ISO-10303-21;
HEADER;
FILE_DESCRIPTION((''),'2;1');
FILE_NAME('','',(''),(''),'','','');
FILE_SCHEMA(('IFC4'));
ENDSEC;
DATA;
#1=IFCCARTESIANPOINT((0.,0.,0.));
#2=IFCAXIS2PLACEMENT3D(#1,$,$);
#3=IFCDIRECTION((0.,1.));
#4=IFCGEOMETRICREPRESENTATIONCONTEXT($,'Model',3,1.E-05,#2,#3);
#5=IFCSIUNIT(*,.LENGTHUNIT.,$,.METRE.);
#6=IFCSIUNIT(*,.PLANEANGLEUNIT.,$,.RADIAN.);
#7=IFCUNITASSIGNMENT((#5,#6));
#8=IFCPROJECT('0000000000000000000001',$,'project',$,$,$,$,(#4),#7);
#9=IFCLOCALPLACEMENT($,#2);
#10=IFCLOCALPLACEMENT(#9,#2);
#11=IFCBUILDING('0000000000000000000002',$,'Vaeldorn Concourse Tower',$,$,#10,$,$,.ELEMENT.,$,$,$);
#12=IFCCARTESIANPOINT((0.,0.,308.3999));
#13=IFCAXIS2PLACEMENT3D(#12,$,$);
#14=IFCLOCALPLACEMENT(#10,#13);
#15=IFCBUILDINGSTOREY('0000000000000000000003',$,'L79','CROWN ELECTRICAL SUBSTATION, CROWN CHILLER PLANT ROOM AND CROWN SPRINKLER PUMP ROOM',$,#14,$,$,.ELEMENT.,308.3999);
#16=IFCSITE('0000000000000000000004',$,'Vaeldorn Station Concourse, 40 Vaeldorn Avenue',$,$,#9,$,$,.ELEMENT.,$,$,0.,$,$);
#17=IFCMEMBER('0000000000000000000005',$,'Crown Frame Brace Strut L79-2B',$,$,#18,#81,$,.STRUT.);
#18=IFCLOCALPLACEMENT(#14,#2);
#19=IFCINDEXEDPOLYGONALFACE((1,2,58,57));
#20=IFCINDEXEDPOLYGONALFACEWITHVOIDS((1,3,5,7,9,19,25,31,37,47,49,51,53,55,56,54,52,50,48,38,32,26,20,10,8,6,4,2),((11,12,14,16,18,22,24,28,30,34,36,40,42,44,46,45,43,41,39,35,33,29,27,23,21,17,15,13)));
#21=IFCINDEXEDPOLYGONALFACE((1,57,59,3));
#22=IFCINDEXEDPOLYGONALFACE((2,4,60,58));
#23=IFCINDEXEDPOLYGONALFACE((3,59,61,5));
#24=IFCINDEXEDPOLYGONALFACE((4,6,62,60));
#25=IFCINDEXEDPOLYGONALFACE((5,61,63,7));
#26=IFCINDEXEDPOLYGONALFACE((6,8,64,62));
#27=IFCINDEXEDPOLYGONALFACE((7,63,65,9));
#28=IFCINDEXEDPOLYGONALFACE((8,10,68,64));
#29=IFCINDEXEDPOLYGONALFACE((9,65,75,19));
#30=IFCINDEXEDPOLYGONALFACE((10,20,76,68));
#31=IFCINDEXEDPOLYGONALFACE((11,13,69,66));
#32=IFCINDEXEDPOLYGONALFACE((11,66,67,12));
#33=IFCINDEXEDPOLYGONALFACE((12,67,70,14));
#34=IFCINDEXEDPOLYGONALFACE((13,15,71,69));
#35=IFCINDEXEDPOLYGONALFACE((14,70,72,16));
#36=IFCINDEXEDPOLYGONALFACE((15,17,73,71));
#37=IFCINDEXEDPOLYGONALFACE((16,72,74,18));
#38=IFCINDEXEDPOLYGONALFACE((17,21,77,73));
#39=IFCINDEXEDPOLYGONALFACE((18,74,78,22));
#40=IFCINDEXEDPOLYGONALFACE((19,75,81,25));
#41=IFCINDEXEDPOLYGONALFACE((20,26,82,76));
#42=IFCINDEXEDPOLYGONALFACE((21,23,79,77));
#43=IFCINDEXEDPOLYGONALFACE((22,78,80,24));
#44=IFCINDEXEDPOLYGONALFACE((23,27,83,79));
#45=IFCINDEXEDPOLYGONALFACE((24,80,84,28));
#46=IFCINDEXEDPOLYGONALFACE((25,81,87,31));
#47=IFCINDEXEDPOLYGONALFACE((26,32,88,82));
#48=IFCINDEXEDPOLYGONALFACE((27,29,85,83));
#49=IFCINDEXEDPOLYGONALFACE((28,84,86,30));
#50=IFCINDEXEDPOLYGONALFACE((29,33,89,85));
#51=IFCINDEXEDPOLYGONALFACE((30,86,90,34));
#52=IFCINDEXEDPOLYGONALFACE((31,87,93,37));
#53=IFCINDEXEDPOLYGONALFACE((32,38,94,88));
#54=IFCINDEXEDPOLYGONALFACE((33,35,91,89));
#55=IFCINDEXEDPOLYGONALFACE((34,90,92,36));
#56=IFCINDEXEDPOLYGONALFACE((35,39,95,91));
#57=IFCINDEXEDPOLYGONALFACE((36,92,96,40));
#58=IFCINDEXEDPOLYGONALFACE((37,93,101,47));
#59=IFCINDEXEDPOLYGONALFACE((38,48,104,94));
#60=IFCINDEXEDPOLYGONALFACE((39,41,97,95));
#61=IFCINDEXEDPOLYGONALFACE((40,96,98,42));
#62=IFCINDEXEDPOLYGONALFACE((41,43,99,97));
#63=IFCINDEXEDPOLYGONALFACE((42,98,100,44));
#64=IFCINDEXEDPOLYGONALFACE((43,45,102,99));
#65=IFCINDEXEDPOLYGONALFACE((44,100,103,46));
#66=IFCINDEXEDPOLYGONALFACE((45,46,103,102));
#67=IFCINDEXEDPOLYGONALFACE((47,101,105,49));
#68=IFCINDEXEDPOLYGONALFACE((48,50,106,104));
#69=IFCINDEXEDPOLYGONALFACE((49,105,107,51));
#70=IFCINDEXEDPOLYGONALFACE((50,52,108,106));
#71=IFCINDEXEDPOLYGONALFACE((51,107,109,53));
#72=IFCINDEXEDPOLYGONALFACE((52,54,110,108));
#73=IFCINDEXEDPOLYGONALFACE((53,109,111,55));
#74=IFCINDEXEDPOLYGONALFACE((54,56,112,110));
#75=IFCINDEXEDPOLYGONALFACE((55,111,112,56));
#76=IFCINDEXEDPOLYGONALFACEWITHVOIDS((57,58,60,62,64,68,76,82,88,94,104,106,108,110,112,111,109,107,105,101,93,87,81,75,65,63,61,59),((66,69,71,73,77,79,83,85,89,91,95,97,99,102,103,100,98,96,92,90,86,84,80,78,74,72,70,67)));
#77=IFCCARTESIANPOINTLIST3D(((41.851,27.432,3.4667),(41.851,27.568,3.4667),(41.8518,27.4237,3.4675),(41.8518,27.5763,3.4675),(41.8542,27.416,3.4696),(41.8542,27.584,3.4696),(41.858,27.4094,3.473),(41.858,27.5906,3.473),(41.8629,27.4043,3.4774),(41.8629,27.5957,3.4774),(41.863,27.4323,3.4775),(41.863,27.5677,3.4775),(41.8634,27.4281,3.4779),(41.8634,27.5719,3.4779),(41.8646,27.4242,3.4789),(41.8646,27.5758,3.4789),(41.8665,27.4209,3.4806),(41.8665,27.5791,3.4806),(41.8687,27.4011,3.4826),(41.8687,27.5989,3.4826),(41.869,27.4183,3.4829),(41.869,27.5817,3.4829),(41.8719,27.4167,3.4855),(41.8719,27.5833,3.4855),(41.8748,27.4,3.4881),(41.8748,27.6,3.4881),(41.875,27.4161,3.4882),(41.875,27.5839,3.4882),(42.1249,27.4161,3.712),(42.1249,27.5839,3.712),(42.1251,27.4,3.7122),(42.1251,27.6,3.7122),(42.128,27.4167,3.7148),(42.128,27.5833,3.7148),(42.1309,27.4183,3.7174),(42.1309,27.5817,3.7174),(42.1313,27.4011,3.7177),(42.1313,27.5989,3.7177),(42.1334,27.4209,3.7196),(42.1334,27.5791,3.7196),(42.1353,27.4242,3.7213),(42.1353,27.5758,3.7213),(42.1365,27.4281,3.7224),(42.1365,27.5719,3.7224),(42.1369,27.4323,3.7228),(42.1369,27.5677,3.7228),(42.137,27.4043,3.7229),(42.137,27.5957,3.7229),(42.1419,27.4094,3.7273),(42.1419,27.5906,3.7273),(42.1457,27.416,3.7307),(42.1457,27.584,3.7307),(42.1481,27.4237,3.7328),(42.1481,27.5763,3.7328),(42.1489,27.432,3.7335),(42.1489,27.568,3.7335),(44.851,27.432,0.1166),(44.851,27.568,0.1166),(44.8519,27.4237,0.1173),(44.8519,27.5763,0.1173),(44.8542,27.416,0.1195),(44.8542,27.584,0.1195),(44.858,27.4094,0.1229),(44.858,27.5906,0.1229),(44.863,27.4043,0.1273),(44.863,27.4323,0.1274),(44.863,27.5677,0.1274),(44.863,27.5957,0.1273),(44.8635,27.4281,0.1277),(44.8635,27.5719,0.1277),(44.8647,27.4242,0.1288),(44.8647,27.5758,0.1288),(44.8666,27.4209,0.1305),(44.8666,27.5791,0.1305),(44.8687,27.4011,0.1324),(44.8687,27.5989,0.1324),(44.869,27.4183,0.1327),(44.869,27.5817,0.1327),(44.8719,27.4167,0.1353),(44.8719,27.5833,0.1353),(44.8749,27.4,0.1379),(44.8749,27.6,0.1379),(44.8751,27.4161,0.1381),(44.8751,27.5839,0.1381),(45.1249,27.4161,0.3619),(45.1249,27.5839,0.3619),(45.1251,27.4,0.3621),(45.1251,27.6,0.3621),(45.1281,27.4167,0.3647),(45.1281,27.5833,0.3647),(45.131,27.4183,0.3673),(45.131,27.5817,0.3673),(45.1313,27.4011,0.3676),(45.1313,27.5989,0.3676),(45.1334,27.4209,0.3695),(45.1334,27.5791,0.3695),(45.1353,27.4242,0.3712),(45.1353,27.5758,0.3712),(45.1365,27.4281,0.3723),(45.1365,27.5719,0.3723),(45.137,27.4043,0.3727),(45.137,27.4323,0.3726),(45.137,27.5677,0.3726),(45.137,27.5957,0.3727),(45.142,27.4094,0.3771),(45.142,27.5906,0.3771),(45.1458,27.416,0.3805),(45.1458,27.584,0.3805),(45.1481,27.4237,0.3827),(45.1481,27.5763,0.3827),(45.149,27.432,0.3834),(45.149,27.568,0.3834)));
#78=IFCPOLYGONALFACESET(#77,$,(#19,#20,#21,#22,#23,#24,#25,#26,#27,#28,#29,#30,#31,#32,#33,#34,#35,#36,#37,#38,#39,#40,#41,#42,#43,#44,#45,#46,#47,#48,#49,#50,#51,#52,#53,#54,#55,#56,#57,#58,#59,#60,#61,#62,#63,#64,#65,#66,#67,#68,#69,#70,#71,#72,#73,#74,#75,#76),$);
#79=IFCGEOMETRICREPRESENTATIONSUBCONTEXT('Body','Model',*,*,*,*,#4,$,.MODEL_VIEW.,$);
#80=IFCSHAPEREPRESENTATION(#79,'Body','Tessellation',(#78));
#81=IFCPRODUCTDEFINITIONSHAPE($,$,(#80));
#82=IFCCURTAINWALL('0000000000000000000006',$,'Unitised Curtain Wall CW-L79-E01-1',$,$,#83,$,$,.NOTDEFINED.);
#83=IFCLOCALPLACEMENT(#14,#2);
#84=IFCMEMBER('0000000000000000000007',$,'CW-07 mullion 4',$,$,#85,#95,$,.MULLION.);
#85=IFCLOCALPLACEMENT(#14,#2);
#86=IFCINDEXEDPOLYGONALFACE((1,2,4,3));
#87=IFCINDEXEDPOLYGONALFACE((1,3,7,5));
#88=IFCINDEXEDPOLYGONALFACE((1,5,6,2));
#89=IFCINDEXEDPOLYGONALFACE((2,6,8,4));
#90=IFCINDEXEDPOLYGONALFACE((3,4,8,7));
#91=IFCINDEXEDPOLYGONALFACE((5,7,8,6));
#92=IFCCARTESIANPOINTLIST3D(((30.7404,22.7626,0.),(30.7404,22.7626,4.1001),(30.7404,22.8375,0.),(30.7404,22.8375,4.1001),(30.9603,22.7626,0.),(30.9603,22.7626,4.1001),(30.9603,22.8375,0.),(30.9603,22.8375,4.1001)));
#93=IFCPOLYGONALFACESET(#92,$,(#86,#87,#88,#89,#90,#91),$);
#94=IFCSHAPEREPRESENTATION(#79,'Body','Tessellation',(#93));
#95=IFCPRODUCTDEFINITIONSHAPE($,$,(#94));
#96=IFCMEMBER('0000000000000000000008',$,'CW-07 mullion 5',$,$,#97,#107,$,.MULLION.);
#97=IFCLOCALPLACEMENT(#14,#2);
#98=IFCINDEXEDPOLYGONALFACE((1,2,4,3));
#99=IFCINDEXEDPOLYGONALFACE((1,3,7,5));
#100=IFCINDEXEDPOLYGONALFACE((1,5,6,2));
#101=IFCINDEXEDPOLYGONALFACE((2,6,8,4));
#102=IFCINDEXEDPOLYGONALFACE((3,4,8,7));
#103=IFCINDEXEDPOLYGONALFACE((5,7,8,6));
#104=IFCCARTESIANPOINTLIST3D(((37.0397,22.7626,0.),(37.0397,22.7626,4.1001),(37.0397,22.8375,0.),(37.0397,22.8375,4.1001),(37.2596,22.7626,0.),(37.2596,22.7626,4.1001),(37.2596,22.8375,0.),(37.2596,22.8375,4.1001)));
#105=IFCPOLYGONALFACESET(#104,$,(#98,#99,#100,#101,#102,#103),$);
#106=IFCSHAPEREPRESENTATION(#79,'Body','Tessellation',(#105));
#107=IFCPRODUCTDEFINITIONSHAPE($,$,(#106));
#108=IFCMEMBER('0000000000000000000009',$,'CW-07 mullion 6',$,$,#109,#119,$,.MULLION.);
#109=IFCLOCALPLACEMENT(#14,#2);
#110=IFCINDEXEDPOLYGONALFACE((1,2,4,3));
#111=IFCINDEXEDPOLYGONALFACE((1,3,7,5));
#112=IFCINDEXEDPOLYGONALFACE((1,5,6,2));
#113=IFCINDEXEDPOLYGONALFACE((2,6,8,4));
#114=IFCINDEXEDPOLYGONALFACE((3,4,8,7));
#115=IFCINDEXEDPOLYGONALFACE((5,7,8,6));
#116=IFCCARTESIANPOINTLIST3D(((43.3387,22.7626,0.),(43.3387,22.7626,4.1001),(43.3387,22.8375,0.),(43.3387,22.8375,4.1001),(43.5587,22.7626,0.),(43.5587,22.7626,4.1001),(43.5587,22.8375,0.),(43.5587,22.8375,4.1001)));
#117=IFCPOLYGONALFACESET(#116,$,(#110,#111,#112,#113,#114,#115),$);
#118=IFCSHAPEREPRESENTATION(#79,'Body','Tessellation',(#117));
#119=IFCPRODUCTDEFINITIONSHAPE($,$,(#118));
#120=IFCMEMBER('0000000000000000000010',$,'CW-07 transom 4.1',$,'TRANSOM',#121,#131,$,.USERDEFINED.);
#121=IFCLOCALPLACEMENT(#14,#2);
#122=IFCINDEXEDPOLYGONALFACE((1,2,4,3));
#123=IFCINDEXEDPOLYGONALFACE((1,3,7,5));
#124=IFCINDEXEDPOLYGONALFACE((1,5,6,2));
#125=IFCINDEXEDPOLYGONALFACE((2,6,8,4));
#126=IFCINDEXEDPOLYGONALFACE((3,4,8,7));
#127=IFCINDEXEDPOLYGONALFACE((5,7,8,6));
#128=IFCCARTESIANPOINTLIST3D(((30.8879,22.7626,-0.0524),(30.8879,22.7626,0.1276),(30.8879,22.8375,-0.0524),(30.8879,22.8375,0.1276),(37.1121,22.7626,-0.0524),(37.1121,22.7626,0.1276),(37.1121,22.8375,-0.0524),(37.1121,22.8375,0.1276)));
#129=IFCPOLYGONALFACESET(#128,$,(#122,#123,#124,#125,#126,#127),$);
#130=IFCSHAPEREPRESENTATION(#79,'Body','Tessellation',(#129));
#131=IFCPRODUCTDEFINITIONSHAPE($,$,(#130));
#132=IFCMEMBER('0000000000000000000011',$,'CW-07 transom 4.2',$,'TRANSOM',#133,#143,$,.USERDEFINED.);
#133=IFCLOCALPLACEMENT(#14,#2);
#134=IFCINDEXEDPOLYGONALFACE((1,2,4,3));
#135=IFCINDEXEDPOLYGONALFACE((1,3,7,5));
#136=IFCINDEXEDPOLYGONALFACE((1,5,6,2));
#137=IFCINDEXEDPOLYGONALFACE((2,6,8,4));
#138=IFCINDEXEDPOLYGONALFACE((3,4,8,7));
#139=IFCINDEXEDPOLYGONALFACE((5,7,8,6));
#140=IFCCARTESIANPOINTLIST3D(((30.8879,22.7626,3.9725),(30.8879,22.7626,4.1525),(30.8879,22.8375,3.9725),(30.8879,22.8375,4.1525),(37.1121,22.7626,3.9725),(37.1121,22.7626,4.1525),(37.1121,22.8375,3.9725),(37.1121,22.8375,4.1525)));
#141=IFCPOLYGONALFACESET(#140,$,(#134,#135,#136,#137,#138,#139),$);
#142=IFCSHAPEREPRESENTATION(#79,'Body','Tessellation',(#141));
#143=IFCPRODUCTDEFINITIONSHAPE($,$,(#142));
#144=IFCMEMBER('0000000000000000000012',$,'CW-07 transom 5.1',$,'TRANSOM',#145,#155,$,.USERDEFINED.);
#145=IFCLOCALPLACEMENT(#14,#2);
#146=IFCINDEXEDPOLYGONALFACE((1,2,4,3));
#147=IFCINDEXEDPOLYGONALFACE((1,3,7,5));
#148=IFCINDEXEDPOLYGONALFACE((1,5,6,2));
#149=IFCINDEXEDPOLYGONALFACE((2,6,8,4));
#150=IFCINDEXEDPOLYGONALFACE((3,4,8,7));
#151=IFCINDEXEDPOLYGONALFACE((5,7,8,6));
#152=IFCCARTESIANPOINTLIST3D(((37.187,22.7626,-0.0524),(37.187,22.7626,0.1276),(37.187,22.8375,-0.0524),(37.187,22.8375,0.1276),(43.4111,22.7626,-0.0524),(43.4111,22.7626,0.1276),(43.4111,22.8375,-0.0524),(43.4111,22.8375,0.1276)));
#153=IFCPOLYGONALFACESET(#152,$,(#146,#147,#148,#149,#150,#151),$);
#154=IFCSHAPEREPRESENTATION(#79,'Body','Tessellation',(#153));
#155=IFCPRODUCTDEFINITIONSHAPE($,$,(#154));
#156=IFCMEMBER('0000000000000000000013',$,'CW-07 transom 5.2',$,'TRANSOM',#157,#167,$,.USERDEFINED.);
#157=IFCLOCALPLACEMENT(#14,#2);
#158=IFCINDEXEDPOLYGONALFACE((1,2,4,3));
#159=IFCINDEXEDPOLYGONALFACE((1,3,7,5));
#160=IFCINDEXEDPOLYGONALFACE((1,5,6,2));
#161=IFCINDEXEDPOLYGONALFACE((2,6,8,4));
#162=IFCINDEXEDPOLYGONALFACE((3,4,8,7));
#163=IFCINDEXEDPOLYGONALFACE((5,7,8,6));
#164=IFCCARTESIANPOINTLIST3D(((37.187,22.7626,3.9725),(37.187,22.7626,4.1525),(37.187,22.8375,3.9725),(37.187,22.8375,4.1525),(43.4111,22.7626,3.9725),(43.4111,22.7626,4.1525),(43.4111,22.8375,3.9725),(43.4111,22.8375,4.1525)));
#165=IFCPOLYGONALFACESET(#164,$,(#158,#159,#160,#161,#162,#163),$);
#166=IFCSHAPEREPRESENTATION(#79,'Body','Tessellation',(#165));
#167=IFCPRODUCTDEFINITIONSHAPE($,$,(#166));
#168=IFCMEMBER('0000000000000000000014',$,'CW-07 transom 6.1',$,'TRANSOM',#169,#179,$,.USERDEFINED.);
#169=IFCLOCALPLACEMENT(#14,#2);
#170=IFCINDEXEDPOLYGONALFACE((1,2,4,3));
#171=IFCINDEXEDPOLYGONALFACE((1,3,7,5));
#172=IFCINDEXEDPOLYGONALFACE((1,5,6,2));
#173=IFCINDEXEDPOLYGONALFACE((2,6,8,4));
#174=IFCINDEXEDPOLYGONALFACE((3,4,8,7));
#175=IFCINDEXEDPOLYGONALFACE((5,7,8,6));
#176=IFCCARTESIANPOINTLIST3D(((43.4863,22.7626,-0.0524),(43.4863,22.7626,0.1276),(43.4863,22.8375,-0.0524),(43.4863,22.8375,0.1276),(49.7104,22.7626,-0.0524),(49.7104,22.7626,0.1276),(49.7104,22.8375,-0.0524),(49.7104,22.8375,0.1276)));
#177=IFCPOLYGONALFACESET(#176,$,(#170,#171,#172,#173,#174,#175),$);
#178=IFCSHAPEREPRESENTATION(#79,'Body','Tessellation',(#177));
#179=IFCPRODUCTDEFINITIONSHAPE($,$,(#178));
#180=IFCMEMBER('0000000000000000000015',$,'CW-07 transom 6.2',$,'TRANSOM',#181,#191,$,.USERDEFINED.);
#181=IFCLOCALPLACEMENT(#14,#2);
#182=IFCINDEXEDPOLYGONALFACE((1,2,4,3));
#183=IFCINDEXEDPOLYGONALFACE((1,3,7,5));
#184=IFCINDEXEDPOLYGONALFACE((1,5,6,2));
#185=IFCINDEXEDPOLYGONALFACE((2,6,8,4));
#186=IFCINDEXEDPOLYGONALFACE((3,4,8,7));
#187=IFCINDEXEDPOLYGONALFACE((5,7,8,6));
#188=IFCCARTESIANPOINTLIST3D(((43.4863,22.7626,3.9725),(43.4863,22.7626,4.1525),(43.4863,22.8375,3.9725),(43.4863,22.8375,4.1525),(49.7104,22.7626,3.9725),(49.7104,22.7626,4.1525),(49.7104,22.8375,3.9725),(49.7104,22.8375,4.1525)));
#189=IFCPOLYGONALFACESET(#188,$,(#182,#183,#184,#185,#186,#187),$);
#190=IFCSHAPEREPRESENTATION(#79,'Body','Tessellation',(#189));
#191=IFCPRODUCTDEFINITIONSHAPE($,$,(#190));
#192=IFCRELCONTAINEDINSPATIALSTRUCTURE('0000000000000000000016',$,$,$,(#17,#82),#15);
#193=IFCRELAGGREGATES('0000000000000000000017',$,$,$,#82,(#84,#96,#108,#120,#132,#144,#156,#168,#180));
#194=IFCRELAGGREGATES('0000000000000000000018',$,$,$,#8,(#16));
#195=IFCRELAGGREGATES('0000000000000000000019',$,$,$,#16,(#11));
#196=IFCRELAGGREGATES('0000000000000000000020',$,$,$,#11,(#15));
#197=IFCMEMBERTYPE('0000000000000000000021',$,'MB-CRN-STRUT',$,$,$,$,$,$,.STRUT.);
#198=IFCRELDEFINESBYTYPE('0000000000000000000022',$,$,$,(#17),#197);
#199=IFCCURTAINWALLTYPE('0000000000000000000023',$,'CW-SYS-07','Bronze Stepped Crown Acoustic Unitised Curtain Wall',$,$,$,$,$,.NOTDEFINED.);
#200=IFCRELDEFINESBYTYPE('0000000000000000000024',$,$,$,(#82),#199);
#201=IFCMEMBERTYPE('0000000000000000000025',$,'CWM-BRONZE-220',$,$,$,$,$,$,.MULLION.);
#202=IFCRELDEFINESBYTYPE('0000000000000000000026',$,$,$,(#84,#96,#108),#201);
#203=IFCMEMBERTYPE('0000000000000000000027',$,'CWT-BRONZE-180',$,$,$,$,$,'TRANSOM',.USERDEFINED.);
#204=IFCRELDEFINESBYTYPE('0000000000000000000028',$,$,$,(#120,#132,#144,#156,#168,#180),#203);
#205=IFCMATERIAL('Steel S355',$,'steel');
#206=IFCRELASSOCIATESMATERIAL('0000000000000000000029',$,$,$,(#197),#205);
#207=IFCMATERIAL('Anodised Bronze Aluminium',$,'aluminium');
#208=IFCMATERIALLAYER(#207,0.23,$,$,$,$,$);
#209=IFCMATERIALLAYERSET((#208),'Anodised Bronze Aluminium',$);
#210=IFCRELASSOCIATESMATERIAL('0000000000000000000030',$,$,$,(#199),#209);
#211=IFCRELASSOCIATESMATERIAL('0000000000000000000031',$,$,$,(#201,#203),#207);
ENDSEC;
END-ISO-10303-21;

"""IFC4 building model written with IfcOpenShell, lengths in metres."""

from ifc_helpers import new_model, si_unit, direction, frame, origin, origin_2d, place, context, subcontext, project, spatial, rectangle, hollow_rectangle, extrude, source, transform, mapped, material, layer, layer_set, material_profile, profile_set, type_object, element, aggregate, save


model = new_model("IFC4")

# Units and contexts
model_context = context("Model", 3, precision=1e-05, world=origin(), true_north=direction((0.0, 1.0)))
body_context = subcontext(model_context, "Body", "Model", "MODEL_VIEW")
ifc_project = project(units=[si_unit("LENGTHUNIT", "METRE"), si_unit("PLANEANGLEUNIT", "RADIAN")], contexts=[model_context])

# Site, building, storey
site_placement = place(None, origin())
site = spatial("IfcSite", under=ifc_project, at=site_placement, Name="Vaeldorn Station Concourse, 40 Vaeldorn Avenue", CompositionType="ELEMENT", RefElevation=0.0)
building_placement = place(site_placement, origin())
building = spatial("IfcBuilding", under=site, at=building_placement, Name="Vaeldorn Concourse Tower", CompositionType="ELEMENT")
storey_placement = place(building_placement, frame((0.0, 0.0, 308.3999)))
storey = spatial("IfcBuildingStorey", under=building, at=storey_placement, Name="L79", Description="CROWN ELECTRICAL SUBSTATION, CROWN CHILLER PLANT ROOM AND CROWN SPRINKLER PUMP ROOM", CompositionType="ELEMENT", Elevation=308.3999)

# Shared definitions
ifc_material_1 = material(Name="Steel S355", Category="steel")

# Member
ifc_material_profile_1 = material_profile(ifc_material_1, hollow_rectangle(XDim=0.2, YDim=0.3999, WallThickness=0.0161, InnerFilletRadius=0.0161, OuterFilletRadius=0.032, at=origin_2d()), Name="RHS 400x200x16")
ifc_profile_set_1 = profile_set([ifc_material_profile_1], Name="Steel S355")
member_type_1 = type_object("IfcMemberType", Name="MB-CRN-STRUT", PredefinedType="STRUT", material=ifc_profile_set_1)
shared_shape_1 = source(origin(), body_context, "Body", "SweptSolid", [
    extrude(hollow_rectangle(XDim=0.2, YDim=0.3999, WallThickness=0.0161, InnerFilletRadius=0.0161, OuterFilletRadius=0.032, at=origin_2d()), origin(), (0.0, 0.0, 1.0), 4.4971),
])
for number, where, z_axis, x_axis, name in (
    (1, (45.0, 27.5, 0.25), (-0.667109, 0.0, 0.74496), (0.0, -1.0, 0.0), "Crown Frame Brace Strut L79-2B"),
):
    element("IfcMember", number, at=place(storey_placement, frame(where, z_axis=z_axis, x_axis=x_axis)), inside=storey, type_object=member_type_1, Name=name, PredefinedType="STRUT", context=body_context, shape_type="MappedRepresentation", body=[
        mapped(shared_shape_1, transform((0.0, 0.0, 0.0), scale=1.0)),
    ])

# Curtain wall, members
ifc_material_2 = material(Name="Anodised Bronze Aluminium", Category="aluminium")
ifc_layer_1 = layer(ifc_material_2, 0.23)
ifc_layer_set_1 = layer_set([ifc_layer_1], Name="Anodised Bronze Aluminium")
curtain_wall_type = type_object("IfcCurtainWallType", Name="CW-SYS-07", Description="Bronze Stepped Crown Acoustic Unitised Curtain Wall", PredefinedType="NOTDEFINED", material=ifc_layer_set_1)
curtain_wall_placement = place(storey_placement, origin())
curtain_wall = element("IfcCurtainWall", 2, at=curtain_wall_placement, inside=storey, type_object=curtain_wall_type, Name="Unitised Curtain Wall CW-L79-E01-1", PredefinedType="NOTDEFINED")
ifc_material_profile_2 = material_profile(ifc_material_2, rectangle(XDim=0.075, YDim=0.22, at=origin_2d()), Name="CWM 75x220")
ifc_profile_set_2 = profile_set([ifc_material_profile_2], Name="Anodised Bronze Aluminium")
member_type_2 = type_object("IfcMemberType", Name="CWM-BRONZE-220", PredefinedType="MULLION", material=ifc_profile_set_2)
shared_shape_2 = source(origin(), body_context, "Body", "SweptSolid", [
    extrude(rectangle(XDim=0.075, YDim=0.22, at=origin_2d()), origin(), (0.0, 0.0, 1.0), 4.1001),
])
member_1_placement = place(storey_placement, frame((30.8503, 22.8, 0.0), z_axis=(0.0, 0.0, 1.0), x_axis=(0.0, 1.0, 0.0)))
member_1 = element("IfcMember", 3, at=member_1_placement, type_object=member_type_2, Name="CW-07 mullion 4", PredefinedType="MULLION", context=body_context, shape_type="MappedRepresentation", body=[
    mapped(shared_shape_2, transform((0.0, 0.0, 0.0), scale=1.0)),
])
member_2_placement = place(storey_placement, frame((37.1497, 22.8, 0.0), z_axis=(0.0, 0.0, 1.0), x_axis=(0.0, 1.0, 0.0)))
member_2 = element("IfcMember", 4, at=member_2_placement, type_object=member_type_2, Name="CW-07 mullion 5", PredefinedType="MULLION", context=body_context, shape_type="MappedRepresentation", body=[
    mapped(shared_shape_2, transform((0.0, 0.0, 0.0), scale=1.0)),
])
member_3_placement = place(storey_placement, frame((43.4487, 22.8, 0.0), z_axis=(0.0, 0.0, 1.0), x_axis=(0.0, 1.0, 0.0)))
member_3 = element("IfcMember", 5, at=member_3_placement, type_object=member_type_2, Name="CW-07 mullion 6", PredefinedType="MULLION", context=body_context, shape_type="MappedRepresentation", body=[
    mapped(shared_shape_2, transform((0.0, 0.0, 0.0), scale=1.0)),
])
ifc_material_profile_3 = material_profile(ifc_material_2, rectangle(XDim=0.075, YDim=0.1799, at=origin_2d()), Name="CWT 75x180")
ifc_profile_set_3 = profile_set([ifc_material_profile_3], Name="Anodised Bronze Aluminium")
member_type_3 = type_object("IfcMemberType", Name="CWT-BRONZE-180", ElementType="TRANSOM", PredefinedType="USERDEFINED", material=ifc_profile_set_3)
shared_shape_3 = source(origin(), body_context, "Body", "SweptSolid", [
    extrude(rectangle(XDim=0.075, YDim=0.1799, at=origin_2d()), origin(), (0.0, 0.0, 1.0), 6.2241),
])
member_4_placement = place(storey_placement, frame((30.8879, 22.8, 0.0376), z_axis=(1.0, 0.0, 0.0), x_axis=(0.0, 1.0, 0.0)))
member_4 = element("IfcMember", 6, at=member_4_placement, type_object=member_type_3, Name="CW-07 transom 4.1", ObjectType="TRANSOM", PredefinedType="USERDEFINED", context=body_context, shape_type="MappedRepresentation", body=[
    mapped(shared_shape_3, transform((0.0, 0.0, 0.0), scale=1.0)),
])
member_5_placement = place(storey_placement, frame((30.8879, 22.8, 4.0625), z_axis=(1.0, 0.0, 0.0), x_axis=(0.0, 1.0, 0.0)))
member_5 = element("IfcMember", 7, at=member_5_placement, type_object=member_type_3, Name="CW-07 transom 4.2", ObjectType="TRANSOM", PredefinedType="USERDEFINED", context=body_context, shape_type="MappedRepresentation", body=[
    mapped(shared_shape_3, transform((0.0, 0.0, 0.0), scale=1.0)),
])
member_6_placement = place(storey_placement, frame((37.187, 22.8, 0.0376), z_axis=(1.0, 0.0, 0.0), x_axis=(0.0, 1.0, 0.0)))
member_6 = element("IfcMember", 8, at=member_6_placement, type_object=member_type_3, Name="CW-07 transom 5.1", ObjectType="TRANSOM", PredefinedType="USERDEFINED", context=body_context, shape_type="MappedRepresentation", body=[
    mapped(shared_shape_3, transform((0.0, 0.0, 0.0), scale=1.0)),
])
member_7_placement = place(storey_placement, frame((37.187, 22.8, 4.0625), z_axis=(1.0, 0.0, 0.0), x_axis=(0.0, 1.0, 0.0)))
member_7 = element("IfcMember", 9, at=member_7_placement, type_object=member_type_3, Name="CW-07 transom 5.2", ObjectType="TRANSOM", PredefinedType="USERDEFINED", context=body_context, shape_type="MappedRepresentation", body=[
    mapped(shared_shape_3, transform((0.0, 0.0, 0.0), scale=1.0)),
])
member_8_placement = place(storey_placement, frame((43.4863, 22.8, 0.0376), z_axis=(1.0, 0.0, 0.0), x_axis=(0.0, 1.0, 0.0)))
member_8 = element("IfcMember", 10, at=member_8_placement, type_object=member_type_3, Name="CW-07 transom 6.1", ObjectType="TRANSOM", PredefinedType="USERDEFINED", context=body_context, shape_type="MappedRepresentation", body=[
    mapped(shared_shape_3, transform((0.0, 0.0, 0.0), scale=1.0)),
])
member_9_placement = place(storey_placement, frame((43.4863, 22.8, 4.0625), z_axis=(1.0, 0.0, 0.0), x_axis=(0.0, 1.0, 0.0)))
member_9 = element("IfcMember", 11, at=member_9_placement, type_object=member_type_3, Name="CW-07 transom 6.2", ObjectType="TRANSOM", PredefinedType="USERDEFINED", context=body_context, shape_type="MappedRepresentation", body=[
    mapped(shared_shape_3, transform((0.0, 0.0, 0.0), scale=1.0)),
])

aggregate(curtain_wall, [member_1, member_2, member_3, member_4, member_5, member_6, member_7, member_8, member_9])

save(model, "model.ifc")
